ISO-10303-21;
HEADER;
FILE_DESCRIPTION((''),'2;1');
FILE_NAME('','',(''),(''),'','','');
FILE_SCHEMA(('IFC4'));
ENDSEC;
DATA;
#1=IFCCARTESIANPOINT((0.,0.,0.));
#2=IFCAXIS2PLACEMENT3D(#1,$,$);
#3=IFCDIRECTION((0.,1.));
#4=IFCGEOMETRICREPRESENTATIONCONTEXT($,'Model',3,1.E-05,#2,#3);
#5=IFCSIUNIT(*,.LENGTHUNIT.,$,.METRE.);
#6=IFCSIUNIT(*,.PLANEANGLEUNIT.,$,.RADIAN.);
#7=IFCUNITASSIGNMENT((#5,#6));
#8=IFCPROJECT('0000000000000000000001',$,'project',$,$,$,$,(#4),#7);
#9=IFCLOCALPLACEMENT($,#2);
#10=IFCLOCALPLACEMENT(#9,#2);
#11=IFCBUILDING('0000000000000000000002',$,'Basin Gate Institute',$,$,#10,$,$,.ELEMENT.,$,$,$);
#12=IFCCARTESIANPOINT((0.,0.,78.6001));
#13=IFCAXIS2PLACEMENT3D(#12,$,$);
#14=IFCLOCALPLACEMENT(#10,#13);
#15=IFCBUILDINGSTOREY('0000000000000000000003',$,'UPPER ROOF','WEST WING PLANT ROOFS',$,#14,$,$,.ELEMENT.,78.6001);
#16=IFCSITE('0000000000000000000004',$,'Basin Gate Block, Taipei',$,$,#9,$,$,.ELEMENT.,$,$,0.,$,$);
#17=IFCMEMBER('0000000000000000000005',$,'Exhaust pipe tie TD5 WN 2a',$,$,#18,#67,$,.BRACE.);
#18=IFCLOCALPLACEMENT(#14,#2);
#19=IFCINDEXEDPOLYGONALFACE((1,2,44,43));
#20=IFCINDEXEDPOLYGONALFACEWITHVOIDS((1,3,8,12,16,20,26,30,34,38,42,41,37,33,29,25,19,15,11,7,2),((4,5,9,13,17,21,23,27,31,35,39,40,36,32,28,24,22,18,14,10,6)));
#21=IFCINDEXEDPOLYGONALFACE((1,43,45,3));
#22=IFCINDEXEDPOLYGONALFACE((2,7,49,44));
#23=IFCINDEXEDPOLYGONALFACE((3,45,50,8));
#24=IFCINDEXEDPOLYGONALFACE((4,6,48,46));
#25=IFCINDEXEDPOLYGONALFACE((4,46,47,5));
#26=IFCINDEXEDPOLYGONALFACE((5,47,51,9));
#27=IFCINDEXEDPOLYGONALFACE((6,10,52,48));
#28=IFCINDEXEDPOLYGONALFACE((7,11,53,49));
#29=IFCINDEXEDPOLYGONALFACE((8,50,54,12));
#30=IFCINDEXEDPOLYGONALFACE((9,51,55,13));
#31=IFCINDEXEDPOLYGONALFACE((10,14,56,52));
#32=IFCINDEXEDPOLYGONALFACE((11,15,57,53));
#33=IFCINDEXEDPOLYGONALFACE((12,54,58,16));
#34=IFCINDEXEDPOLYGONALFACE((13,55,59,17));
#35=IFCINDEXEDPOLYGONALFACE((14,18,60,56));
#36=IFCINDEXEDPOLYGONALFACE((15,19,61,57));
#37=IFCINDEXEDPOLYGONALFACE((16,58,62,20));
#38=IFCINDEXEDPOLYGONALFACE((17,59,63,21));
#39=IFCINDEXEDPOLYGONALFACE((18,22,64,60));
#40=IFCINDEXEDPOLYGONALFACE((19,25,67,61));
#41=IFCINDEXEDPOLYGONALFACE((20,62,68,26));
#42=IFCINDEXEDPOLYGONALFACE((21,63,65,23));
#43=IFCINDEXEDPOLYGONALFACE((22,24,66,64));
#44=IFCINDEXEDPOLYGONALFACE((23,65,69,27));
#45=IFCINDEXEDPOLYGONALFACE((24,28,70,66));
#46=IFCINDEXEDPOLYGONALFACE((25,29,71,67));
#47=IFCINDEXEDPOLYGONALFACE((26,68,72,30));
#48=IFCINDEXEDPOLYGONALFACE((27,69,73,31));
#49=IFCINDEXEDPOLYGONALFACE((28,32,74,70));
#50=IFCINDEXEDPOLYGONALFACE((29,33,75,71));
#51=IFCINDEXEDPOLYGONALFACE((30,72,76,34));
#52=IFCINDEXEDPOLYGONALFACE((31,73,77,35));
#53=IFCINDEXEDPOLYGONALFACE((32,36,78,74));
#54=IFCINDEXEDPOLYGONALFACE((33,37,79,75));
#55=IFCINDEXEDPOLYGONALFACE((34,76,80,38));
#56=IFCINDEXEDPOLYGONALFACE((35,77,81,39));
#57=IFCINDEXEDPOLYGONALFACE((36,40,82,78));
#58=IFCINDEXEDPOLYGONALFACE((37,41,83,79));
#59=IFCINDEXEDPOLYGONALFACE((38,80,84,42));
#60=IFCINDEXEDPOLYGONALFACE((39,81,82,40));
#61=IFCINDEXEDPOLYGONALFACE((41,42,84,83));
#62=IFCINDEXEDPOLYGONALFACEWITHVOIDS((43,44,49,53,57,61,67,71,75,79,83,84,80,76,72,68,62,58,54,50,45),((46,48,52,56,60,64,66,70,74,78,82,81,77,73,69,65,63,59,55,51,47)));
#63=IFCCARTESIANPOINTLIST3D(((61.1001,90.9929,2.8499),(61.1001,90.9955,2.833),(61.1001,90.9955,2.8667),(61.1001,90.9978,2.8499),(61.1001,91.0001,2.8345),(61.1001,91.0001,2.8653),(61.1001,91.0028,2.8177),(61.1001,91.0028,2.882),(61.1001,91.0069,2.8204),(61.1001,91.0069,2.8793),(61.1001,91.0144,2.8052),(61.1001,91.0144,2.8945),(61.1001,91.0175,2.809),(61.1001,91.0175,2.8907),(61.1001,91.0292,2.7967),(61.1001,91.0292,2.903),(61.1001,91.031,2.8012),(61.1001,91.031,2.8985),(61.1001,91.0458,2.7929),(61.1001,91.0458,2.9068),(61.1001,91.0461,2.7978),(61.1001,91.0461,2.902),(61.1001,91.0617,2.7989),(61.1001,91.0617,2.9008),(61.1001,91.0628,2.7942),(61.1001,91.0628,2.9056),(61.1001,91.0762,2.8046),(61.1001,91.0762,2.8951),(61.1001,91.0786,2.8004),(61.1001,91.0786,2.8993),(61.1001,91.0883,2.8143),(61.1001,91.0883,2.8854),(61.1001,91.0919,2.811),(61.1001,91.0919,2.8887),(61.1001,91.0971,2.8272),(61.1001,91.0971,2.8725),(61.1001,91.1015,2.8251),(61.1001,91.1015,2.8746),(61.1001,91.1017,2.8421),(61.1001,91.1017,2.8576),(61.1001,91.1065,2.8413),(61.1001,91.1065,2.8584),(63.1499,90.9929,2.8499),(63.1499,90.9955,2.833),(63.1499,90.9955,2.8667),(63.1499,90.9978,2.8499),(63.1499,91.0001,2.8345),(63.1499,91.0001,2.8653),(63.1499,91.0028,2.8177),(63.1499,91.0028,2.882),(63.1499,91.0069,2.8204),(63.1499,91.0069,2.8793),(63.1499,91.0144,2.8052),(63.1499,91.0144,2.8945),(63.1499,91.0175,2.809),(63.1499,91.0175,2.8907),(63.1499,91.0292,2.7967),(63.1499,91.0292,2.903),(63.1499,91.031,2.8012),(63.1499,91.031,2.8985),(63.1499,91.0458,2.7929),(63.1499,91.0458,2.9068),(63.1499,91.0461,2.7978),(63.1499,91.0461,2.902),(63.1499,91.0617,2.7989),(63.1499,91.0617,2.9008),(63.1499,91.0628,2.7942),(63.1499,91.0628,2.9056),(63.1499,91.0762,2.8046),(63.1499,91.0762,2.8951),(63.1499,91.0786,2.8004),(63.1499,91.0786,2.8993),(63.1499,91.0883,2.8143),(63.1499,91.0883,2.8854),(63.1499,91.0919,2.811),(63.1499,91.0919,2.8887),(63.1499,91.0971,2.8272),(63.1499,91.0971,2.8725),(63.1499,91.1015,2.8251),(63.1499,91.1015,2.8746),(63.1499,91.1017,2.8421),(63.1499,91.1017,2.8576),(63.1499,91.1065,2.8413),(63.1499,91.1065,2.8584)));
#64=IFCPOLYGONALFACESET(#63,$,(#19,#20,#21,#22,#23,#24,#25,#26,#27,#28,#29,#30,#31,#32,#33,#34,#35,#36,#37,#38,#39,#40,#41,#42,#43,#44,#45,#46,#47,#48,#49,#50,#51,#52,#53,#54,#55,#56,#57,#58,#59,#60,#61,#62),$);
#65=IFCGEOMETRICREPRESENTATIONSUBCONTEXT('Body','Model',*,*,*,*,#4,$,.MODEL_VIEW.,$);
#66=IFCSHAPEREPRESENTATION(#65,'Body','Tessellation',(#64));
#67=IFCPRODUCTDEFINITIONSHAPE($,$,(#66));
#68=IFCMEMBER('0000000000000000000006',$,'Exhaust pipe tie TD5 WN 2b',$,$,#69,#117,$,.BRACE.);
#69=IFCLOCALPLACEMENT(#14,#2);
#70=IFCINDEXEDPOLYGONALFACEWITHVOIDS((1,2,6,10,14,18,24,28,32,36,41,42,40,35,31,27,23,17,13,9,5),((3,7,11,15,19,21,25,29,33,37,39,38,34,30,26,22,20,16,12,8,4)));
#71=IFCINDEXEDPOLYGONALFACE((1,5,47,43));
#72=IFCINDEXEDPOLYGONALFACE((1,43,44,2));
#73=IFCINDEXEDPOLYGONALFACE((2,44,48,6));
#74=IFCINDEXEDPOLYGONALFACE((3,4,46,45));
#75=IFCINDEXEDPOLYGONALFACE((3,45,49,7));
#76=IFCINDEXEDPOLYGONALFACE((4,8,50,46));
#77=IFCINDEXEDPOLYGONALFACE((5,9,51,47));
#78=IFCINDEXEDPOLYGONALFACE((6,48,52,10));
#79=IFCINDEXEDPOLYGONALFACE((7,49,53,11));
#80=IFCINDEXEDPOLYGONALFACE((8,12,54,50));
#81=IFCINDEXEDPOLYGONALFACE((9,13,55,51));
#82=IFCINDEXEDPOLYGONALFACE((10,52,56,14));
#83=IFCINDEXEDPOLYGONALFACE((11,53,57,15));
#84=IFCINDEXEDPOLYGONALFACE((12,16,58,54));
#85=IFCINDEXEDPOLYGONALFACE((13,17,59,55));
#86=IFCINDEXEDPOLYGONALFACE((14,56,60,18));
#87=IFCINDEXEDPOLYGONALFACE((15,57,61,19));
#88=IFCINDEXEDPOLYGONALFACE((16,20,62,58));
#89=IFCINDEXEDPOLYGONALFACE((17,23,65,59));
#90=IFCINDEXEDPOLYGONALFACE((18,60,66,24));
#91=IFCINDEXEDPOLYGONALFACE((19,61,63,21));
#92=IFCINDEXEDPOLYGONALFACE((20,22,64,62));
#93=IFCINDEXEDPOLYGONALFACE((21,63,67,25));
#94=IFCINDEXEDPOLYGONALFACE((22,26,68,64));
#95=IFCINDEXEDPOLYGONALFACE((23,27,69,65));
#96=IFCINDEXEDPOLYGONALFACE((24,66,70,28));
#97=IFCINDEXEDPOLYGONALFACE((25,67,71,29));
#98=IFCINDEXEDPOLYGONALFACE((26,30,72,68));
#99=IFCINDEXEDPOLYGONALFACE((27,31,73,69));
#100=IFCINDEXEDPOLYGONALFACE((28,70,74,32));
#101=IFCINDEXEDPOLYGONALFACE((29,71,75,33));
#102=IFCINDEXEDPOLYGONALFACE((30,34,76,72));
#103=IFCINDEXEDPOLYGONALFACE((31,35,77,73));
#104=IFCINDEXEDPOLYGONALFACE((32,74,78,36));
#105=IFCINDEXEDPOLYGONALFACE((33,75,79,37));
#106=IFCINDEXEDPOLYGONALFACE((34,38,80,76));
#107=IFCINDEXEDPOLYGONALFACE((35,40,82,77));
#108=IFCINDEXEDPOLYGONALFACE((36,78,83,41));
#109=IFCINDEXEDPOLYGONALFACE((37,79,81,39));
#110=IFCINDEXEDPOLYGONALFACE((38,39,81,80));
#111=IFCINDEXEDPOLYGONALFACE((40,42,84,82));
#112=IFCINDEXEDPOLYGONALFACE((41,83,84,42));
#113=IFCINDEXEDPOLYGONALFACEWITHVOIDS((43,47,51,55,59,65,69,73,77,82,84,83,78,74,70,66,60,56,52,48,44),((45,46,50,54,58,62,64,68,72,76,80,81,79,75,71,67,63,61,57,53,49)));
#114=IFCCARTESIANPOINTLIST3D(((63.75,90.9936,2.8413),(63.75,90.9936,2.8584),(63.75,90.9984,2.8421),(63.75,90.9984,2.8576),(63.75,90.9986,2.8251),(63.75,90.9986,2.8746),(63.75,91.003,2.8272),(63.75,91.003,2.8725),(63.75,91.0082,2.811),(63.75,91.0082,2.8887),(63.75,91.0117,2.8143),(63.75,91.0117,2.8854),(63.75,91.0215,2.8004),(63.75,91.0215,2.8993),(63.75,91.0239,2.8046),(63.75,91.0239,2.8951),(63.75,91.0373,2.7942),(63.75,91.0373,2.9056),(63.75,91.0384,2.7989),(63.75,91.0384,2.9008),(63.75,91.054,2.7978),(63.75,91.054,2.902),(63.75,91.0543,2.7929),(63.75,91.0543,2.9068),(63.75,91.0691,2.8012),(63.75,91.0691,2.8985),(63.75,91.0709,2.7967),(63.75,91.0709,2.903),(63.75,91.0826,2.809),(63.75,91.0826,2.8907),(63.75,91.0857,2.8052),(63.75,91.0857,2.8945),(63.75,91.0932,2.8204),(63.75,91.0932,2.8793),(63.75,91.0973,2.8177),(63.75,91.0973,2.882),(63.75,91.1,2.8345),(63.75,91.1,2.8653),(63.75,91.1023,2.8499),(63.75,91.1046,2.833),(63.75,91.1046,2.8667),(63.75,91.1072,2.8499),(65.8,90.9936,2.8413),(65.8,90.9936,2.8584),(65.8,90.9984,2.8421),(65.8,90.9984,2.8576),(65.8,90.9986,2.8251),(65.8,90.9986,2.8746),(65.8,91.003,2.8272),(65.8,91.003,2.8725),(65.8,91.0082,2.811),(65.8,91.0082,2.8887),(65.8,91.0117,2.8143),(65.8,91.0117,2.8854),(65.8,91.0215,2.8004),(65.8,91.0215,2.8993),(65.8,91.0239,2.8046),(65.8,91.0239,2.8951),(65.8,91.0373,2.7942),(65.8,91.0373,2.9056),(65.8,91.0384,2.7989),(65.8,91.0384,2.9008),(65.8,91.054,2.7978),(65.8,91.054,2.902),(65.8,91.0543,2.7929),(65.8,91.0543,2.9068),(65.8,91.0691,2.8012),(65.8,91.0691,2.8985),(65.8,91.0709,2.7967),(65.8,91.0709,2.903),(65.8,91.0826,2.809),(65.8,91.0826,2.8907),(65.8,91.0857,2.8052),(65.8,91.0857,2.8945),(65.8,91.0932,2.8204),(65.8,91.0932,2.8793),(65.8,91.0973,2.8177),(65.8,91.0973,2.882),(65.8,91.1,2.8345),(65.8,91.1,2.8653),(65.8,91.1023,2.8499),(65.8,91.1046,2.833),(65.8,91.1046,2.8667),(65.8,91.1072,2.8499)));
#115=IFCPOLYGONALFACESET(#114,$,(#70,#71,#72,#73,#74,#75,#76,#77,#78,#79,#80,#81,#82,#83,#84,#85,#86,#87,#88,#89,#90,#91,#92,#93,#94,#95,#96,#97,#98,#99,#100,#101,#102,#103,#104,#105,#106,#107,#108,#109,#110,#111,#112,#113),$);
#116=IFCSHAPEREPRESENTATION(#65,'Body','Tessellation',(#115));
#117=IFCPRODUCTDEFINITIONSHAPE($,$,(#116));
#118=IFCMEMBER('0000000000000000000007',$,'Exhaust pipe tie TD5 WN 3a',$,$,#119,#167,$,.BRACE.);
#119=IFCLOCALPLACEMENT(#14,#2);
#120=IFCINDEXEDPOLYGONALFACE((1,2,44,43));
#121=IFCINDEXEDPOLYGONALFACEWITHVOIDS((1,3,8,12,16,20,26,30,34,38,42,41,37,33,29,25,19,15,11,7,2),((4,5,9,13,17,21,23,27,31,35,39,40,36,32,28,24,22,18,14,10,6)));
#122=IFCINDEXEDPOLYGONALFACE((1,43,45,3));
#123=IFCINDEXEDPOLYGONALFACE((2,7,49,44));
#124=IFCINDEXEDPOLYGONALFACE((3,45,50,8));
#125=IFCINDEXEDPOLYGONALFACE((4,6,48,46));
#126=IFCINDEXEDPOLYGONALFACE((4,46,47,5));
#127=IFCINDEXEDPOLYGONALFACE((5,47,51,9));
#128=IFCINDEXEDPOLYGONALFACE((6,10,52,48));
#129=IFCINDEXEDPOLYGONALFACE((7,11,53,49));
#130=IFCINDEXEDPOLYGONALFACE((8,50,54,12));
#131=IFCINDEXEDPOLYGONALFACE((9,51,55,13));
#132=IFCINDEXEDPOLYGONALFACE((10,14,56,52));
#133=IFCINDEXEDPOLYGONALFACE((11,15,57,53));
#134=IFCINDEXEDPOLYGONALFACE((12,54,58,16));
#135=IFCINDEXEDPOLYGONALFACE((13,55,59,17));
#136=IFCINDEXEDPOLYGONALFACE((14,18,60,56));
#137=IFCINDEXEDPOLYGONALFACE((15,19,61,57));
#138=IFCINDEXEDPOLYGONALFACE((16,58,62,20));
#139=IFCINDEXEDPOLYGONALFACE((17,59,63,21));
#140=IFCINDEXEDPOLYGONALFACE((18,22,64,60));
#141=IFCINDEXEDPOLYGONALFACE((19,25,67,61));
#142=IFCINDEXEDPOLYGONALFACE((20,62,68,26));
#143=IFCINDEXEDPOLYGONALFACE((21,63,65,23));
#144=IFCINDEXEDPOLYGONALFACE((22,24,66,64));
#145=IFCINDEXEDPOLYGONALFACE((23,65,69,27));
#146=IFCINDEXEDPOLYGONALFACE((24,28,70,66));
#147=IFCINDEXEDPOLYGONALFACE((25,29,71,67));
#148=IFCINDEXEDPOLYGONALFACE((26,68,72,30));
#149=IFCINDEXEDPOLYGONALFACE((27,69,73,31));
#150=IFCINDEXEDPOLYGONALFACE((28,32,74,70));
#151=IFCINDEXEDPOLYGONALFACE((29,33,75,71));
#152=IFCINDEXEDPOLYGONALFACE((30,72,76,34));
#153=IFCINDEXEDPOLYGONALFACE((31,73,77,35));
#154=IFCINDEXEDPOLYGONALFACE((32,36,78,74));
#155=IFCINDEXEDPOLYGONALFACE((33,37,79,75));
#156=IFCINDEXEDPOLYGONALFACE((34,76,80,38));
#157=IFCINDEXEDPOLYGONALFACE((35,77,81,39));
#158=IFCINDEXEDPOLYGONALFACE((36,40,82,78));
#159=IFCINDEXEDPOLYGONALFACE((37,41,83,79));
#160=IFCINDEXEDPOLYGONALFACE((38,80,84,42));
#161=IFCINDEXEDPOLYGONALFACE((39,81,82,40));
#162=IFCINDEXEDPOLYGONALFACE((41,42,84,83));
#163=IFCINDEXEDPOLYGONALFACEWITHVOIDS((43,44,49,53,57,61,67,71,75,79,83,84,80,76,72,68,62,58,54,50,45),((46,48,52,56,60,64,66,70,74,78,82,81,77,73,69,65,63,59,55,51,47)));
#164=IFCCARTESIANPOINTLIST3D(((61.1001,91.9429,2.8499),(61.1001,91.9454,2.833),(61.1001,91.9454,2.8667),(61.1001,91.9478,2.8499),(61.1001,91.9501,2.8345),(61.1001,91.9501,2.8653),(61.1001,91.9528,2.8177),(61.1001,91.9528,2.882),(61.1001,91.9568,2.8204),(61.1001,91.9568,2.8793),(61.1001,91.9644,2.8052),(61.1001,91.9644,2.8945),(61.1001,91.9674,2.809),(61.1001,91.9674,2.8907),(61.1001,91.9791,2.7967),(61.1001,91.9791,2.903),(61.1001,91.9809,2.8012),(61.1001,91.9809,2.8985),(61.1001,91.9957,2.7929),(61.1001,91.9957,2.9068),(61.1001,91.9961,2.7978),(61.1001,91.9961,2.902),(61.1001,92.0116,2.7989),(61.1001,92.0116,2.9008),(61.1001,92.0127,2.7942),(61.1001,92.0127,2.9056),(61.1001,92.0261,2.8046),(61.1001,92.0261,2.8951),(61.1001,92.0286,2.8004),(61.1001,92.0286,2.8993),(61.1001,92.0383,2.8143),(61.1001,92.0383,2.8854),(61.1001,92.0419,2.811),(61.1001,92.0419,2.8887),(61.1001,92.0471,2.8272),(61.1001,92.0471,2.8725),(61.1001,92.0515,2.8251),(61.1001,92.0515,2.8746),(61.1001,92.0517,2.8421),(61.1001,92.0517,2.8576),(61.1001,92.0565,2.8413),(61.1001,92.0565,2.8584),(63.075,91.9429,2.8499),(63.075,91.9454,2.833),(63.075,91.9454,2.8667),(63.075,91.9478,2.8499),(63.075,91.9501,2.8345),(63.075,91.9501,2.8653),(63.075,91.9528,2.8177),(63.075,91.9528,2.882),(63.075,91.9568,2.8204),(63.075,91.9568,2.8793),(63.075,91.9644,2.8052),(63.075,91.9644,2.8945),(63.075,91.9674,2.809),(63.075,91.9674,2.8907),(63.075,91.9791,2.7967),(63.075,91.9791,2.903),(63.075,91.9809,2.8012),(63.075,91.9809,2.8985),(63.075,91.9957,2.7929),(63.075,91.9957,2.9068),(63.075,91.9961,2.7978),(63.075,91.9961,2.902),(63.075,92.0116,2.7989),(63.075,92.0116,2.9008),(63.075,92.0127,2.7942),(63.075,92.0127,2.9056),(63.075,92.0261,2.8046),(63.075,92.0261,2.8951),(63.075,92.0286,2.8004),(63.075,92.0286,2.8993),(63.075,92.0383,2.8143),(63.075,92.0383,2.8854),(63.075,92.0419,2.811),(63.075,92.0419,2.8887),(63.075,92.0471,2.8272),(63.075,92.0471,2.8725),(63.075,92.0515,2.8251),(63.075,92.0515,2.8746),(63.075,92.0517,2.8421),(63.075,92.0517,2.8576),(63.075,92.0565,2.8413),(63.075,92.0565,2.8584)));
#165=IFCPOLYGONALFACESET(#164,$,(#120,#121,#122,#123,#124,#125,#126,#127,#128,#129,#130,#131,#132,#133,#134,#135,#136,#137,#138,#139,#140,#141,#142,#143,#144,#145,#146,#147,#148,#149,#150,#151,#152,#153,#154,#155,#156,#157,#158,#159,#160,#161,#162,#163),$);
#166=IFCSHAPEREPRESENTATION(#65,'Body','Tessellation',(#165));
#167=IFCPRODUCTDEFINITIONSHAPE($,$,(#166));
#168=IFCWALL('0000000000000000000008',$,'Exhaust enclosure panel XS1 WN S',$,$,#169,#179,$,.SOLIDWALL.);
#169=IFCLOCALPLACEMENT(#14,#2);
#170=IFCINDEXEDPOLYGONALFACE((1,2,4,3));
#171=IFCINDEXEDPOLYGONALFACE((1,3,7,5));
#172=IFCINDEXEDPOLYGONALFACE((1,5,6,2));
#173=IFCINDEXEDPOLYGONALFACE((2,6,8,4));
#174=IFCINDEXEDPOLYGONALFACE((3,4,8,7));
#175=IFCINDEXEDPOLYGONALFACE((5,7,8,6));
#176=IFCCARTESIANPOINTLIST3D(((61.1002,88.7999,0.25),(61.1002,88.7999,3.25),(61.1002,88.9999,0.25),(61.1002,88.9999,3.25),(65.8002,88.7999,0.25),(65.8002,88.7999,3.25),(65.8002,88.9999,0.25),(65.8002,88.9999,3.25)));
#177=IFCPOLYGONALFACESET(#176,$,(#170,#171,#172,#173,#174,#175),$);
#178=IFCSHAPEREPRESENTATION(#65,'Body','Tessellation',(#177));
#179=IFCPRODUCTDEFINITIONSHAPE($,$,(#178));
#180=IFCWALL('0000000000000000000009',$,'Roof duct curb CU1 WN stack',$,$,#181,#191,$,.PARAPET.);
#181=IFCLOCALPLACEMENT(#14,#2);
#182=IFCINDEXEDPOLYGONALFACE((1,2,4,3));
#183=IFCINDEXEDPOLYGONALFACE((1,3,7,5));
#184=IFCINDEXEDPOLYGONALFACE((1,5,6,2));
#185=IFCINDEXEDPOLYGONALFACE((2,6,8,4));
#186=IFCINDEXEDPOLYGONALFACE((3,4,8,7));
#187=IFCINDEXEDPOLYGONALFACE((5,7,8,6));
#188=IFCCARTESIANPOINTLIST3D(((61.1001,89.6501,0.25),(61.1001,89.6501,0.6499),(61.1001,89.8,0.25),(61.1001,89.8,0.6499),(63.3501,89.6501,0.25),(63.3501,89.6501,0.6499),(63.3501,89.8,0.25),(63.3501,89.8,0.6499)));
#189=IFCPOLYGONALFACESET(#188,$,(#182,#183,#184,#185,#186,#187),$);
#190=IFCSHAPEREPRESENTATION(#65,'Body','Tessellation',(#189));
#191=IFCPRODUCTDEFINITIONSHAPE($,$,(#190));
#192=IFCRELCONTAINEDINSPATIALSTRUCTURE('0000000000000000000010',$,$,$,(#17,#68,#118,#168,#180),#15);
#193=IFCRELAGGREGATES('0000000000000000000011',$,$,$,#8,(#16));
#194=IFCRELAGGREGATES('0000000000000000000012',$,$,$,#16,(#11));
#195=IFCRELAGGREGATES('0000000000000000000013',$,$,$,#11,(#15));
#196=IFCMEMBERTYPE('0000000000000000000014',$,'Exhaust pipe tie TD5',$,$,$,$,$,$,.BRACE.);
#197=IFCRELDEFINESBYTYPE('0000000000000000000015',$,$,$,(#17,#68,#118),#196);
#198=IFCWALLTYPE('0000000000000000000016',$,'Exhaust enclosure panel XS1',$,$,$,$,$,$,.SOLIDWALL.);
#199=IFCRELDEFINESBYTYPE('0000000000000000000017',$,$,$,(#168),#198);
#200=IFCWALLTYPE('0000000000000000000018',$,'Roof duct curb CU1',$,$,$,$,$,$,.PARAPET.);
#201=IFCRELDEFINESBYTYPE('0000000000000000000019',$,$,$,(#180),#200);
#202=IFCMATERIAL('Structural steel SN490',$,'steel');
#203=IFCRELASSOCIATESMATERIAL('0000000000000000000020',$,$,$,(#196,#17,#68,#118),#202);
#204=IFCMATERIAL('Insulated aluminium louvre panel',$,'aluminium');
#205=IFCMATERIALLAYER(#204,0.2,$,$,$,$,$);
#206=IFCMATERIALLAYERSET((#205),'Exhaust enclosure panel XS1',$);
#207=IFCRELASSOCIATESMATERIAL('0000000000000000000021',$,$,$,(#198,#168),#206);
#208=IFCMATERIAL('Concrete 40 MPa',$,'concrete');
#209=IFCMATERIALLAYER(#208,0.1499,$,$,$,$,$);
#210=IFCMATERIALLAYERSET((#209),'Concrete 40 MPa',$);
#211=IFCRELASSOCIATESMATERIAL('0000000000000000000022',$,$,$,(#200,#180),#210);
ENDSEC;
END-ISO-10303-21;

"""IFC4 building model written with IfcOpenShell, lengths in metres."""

from ifc_helpers import new_model, si_unit, direction, frame, frame_2d, origin, origin_2d, place, context, subcontext, project, spatial, rectangle, hollow_circle, extrude, material, layer, layer_set, material_profile, profile_set, type_object, element, save


model = new_model("IFC4")

# Units and contexts
model_context = context("Model", 3, precision=1e-05, world=origin(), true_north=direction((0.0, 1.0)))
body_context = subcontext(model_context, "Body", "Model", "MODEL_VIEW")
ifc_project = project(units=[si_unit("LENGTHUNIT", "METRE"), si_unit("PLANEANGLEUNIT", "RADIAN")], contexts=[model_context])

# Site, building, storey
site_placement = place(None, origin())
site = spatial("IfcSite", under=ifc_project, at=site_placement, Name="Basin Gate Block, Taipei", CompositionType="ELEMENT", RefElevation=0.0)
building_placement = place(site_placement, origin())
building = spatial("IfcBuilding", under=site, at=building_placement, Name="Basin Gate Institute", CompositionType="ELEMENT")
storey_placement = place(building_placement, frame((0.0, 0.0, 78.6001)))
storey = spatial("IfcBuildingStorey", under=building, at=storey_placement, Name="UPPER ROOF", Description="WEST WING PLANT ROOFS", CompositionType="ELEMENT", Elevation=78.6001)

# Members
ifc_material_1 = material(Name="Structural steel SN490", Category="steel")
ifc_material_profile_1 = material_profile(ifc_material_1, hollow_circle(Radius=0.0571, WallThickness=0.0049, at=origin_2d()), Name="CHS114x5")
ifc_profile_set_1 = profile_set([ifc_material_profile_1], Name="Structural steel SN490")
member_type_1 = type_object("IfcMemberType", Name="Exhaust pipe tie TD5", PredefinedType="BRACE", material=ifc_profile_set_1)
member_1_placement = place(storey_placement, frame((63.1499, 91.05, 2.8499), z_axis=(-1.0, 0.0, 0.0), x_axis=(0.0, -1.0, 0.0)))
element("IfcMember", 1, at=member_1_placement, inside=storey, type_object=member_type_1, material=ifc_profile_set_1, Name="Exhaust pipe tie TD5 WN 2a", PredefinedType="BRACE", context=body_context, shape_type="SweptSolid", body=[
    extrude(hollow_circle(Radius=0.0571, WallThickness=0.0049, at=origin_2d()), origin(), (0.0, 0.0, 1.0), 2.0498),
])
member_2_placement = place(storey_placement, frame((63.75, 91.05, 2.8499), z_axis=(1.0, 0.0, 0.0), x_axis=(0.0, 1.0, 0.0)))
element("IfcMember", 2, at=member_2_placement, inside=storey, type_object=member_type_1, material=ifc_profile_set_1, Name="Exhaust pipe tie TD5 WN 2b", PredefinedType="BRACE", context=body_context, shape_type="SweptSolid", body=[
    extrude(hollow_circle(Radius=0.0571, WallThickness=0.0049, at=origin_2d()), origin(), (0.0, 0.0, 1.0), 2.05),
])
member_3_placement = place(storey_placement, frame((63.075, 92.0, 2.8499), z_axis=(-1.0, 0.0, 0.0), x_axis=(0.0, -1.0, 0.0)))
element("IfcMember", 3, at=member_3_placement, inside=storey, type_object=member_type_1, material=ifc_profile_set_1, Name="Exhaust pipe tie TD5 WN 3a", PredefinedType="BRACE", context=body_context, shape_type="SweptSolid", body=[
    extrude(hollow_circle(Radius=0.0571, WallThickness=0.0049, at=origin_2d()), origin(), (0.0, 0.0, 1.0), 1.9749),
])

# Walls
ifc_material_2 = material(Name="Insulated aluminium louvre panel", Category="aluminium")
ifc_layer_1 = layer(ifc_material_2, 0.2)
ifc_layer_set_1 = layer_set([ifc_layer_1], Name="Exhaust enclosure panel XS1")
wall_type_1 = type_object("IfcWallType", Name="Exhaust enclosure panel XS1", PredefinedType="SOLIDWALL", material=ifc_layer_set_1)
wall_placement = place(storey_placement, frame((61.1001, 88.8999, 0.25), z_axis=(0.0, 0.0, 1.0), x_axis=(1.0, 0.0, 0.0)))
element("IfcWall", 4, at=wall_placement, inside=storey, type_object=wall_type_1, material=ifc_layer_set_1, Name="Exhaust enclosure panel XS1 WN S", PredefinedType="SOLIDWALL", context=body_context, shape_type="SweptSolid", body=[
    extrude(rectangle(XDim=4.7, YDim=0.2, at=frame_2d((2.3501, 0.0))), origin(), (0.0, 0.0, 1.0), 3.0),
])
ifc_material_3 = material(Name="Concrete 40 MPa", Category="concrete")
ifc_layer_2 = layer(ifc_material_3, 0.1499)
ifc_layer_set_2 = layer_set([ifc_layer_2], Name="Concrete 40 MPa")
wall_type_2 = type_object("IfcWallType", Name="Roof duct curb CU1", PredefinedType="PARAPET", material=ifc_layer_set_2)
for number, where, z_axis, x_axis, name in (
    (5, (61.1001, 89.7251, 0.25), (0.0, 0.0, 1.0), (1.0, 0.0, 0.0), "Roof duct curb CU1 WN stack"),
):
    element("IfcWall", number, at=place(storey_placement, frame(where, z_axis=z_axis, x_axis=x_axis)), inside=storey, type_object=wall_type_2, material=ifc_layer_set_2, Name=name, PredefinedType="PARAPET", context=body_context, shape_type="SweptSolid", body=[
        extrude(rectangle(XDim=2.25, YDim=0.1499, at=frame_2d((1.125, 0.0))), origin(), (0.0, 0.0, 1.0), 0.3999),
    ])

save(model, "model.ifc")
